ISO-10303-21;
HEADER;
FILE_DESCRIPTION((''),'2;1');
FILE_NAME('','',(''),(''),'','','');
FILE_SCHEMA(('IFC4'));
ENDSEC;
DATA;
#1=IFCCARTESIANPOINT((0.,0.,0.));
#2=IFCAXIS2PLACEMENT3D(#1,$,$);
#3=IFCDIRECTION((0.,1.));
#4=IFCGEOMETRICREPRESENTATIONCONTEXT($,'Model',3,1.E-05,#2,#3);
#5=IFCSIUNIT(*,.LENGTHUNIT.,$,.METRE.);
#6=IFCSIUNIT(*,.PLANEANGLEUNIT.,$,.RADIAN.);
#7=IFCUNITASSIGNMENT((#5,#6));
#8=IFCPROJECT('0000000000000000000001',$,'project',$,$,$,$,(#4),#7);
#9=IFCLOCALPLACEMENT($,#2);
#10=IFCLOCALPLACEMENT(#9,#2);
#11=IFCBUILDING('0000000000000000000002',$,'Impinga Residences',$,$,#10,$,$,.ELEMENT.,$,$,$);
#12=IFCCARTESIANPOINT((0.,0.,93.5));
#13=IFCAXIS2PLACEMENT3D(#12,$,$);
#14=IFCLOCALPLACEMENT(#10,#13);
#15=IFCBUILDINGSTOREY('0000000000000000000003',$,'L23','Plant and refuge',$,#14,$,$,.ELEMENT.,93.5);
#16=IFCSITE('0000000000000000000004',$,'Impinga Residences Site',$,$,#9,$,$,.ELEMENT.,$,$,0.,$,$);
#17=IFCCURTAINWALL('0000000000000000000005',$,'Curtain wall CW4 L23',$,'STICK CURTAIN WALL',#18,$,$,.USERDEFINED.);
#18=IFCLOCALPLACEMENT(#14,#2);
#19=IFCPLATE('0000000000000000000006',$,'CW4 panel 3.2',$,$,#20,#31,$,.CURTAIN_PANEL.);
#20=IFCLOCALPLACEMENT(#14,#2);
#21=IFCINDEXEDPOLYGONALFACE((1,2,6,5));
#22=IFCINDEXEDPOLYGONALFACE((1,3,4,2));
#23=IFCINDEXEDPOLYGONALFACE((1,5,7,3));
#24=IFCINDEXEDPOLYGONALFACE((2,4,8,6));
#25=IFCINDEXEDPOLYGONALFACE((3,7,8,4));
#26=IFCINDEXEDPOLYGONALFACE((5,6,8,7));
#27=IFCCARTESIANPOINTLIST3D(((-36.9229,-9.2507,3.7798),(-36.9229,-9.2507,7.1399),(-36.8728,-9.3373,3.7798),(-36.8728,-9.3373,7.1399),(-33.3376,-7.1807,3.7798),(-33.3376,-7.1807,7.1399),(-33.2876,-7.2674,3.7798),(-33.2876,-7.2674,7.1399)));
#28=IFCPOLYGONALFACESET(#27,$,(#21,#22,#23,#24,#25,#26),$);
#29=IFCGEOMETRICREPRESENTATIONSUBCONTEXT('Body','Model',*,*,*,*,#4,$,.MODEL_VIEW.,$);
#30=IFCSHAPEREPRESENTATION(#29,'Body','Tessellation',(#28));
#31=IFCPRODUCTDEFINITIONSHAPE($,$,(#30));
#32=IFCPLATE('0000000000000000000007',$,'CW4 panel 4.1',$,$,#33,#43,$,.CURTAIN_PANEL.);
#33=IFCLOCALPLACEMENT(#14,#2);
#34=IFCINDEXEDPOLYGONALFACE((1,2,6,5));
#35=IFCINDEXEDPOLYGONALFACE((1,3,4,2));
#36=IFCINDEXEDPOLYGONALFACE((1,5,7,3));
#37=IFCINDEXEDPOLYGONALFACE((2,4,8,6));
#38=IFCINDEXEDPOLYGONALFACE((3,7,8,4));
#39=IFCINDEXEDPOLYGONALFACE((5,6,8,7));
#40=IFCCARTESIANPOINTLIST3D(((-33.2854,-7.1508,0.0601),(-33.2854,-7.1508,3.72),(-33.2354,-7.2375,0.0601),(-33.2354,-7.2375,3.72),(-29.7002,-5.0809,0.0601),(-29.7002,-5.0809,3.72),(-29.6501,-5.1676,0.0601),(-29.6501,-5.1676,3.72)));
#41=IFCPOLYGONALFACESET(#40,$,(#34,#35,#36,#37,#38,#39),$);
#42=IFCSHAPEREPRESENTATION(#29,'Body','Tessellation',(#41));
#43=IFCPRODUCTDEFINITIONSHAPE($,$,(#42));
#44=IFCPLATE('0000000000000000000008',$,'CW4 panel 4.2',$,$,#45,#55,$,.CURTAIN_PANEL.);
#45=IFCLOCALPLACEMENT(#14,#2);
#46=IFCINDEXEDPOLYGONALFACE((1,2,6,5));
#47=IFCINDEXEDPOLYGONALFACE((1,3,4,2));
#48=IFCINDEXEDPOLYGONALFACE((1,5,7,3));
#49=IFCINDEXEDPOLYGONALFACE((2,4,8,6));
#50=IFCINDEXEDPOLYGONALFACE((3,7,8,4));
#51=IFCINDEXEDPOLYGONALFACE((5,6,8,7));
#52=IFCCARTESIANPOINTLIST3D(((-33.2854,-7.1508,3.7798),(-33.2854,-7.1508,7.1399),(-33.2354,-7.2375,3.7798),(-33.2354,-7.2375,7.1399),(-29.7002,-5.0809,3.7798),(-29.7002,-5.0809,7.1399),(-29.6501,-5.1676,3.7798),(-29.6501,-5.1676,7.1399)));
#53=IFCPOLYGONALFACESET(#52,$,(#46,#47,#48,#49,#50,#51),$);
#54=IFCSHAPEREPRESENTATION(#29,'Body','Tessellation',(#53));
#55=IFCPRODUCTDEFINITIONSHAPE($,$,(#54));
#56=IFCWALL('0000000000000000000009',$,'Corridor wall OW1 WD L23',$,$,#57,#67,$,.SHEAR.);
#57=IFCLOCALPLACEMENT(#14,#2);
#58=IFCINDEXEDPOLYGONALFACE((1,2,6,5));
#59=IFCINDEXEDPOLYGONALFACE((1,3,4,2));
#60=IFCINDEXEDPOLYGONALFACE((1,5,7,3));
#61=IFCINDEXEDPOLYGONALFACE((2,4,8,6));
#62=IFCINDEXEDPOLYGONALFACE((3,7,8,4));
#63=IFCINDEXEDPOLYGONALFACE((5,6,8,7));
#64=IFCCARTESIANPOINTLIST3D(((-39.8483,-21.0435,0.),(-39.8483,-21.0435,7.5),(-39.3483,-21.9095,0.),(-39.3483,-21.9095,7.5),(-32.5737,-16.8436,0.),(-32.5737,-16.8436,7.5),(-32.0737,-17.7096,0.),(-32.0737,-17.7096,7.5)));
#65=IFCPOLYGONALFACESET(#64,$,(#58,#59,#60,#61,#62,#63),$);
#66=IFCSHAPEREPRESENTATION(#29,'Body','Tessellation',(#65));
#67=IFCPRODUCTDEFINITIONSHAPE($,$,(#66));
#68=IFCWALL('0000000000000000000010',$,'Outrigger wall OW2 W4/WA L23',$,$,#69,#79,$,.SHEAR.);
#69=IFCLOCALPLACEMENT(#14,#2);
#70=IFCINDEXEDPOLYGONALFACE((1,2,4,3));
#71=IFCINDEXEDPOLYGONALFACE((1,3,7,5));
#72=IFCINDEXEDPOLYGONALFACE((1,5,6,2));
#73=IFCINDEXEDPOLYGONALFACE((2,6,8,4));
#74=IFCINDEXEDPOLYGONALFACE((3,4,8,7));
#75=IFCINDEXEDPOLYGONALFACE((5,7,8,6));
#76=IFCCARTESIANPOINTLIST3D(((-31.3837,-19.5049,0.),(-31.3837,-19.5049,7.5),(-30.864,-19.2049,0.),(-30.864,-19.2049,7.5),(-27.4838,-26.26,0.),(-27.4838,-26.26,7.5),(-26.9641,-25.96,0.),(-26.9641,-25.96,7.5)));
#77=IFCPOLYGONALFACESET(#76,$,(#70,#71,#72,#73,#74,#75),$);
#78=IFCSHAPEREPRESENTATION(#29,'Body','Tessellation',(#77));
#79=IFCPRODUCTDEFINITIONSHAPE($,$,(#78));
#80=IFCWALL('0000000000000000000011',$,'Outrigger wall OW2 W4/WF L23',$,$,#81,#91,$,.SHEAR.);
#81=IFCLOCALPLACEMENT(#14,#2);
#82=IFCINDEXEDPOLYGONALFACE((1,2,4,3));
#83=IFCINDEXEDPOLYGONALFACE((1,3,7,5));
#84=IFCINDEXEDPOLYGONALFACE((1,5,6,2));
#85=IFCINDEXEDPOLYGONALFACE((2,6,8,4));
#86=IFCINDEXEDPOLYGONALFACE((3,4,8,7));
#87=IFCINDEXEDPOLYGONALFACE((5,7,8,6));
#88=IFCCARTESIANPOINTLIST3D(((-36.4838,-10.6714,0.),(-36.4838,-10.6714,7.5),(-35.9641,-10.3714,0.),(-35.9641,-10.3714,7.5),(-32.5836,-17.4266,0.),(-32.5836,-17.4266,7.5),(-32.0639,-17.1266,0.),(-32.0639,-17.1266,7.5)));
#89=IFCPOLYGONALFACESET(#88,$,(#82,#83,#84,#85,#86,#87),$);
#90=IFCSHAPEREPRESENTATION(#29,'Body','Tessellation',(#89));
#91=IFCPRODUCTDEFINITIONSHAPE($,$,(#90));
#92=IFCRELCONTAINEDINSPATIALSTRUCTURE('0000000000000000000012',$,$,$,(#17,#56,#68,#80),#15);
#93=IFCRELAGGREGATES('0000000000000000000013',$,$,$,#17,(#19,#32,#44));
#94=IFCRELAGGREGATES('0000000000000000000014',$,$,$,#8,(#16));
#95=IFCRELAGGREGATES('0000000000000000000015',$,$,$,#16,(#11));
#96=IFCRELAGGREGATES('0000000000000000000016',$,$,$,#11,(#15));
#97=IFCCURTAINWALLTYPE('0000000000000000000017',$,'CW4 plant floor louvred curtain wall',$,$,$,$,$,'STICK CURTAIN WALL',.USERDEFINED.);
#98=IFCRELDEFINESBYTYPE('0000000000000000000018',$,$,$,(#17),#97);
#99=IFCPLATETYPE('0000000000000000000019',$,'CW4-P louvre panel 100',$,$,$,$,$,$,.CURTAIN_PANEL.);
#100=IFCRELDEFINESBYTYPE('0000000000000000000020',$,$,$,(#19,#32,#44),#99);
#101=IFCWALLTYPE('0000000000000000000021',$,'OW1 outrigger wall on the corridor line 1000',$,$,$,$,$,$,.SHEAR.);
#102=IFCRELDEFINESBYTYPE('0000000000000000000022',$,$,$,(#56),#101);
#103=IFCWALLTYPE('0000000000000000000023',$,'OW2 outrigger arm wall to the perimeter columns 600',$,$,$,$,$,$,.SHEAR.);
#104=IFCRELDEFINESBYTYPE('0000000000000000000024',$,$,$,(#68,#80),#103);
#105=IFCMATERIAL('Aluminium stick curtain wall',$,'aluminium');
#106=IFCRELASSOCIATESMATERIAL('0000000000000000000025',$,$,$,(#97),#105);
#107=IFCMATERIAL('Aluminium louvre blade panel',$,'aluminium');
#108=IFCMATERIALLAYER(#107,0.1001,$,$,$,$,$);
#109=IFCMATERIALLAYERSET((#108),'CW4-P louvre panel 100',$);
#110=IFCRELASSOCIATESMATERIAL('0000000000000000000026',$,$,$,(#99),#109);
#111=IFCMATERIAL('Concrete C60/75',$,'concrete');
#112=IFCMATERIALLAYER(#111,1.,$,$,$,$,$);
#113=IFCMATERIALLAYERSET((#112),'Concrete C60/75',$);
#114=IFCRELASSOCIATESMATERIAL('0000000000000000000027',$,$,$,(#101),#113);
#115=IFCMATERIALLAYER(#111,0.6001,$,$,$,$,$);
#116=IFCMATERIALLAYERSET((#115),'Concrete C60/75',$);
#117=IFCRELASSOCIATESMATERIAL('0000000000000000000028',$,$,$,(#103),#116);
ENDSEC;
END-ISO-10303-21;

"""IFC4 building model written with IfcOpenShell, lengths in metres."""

from ifc_helpers import new_model, si_unit, direction, frame, frame_2d, origin, origin_2d, place, context, subcontext, project, spatial, rectangle, extrude, material, layer, layer_set, type_object, element, aggregate, save


model = new_model("IFC4")

# Units and contexts
model_context = context("Model", 3, precision=1e-05, world=origin(), true_north=direction((0.0, 1.0)))
body_context = subcontext(model_context, "Body", "Model", "MODEL_VIEW")
ifc_project = project(units=[si_unit("LENGTHUNIT", "METRE"), si_unit("PLANEANGLEUNIT", "RADIAN")], contexts=[model_context])

# Site, building, storey
site_placement = place(None, origin())
site = spatial("IfcSite", under=ifc_project, at=site_placement, Name="Impinga Residences Site", CompositionType="ELEMENT", RefElevation=0.0)
building_placement = place(site_placement, origin())
building = spatial("IfcBuilding", under=site, at=building_placement, Name="Impinga Residences", CompositionType="ELEMENT")
storey_placement = place(building_placement, frame((0.0, 0.0, 93.5)))
storey = spatial("IfcBuildingStorey", under=building, at=storey_placement, Name="L23", Description="Plant and refuge", CompositionType="ELEMENT", Elevation=93.5)

# Curtain wall, plates
ifc_material_1 = material(Name="Aluminium stick curtain wall", Category="aluminium")
curtain_wall_type = type_object("IfcCurtainWallType", Name="CW4 plant floor louvred curtain wall", ElementType="STICK CURTAIN WALL", PredefinedType="USERDEFINED", material=ifc_material_1)
curtain_wall_placement = place(storey_placement, origin())
curtain_wall = element("IfcCurtainWall", 1, at=curtain_wall_placement, inside=storey, type_object=curtain_wall_type, Name="Curtain wall CW4 L23", ObjectType="STICK CURTAIN WALL", PredefinedType="USERDEFINED")
ifc_material_2 = material(Name="Aluminium louvre blade panel", Category="aluminium")
ifc_layer_1 = layer(ifc_material_2, 0.1001)
ifc_layer_set_1 = layer_set([ifc_layer_1], Name="CW4-P louvre panel 100")
plate_type = type_object("IfcPlateType", Name="CW4-P louvre panel 100", PredefinedType="CURTAIN_PANEL", material=ifc_layer_set_1)
plate_1_placement = place(storey_placement, frame((-35.1052, -8.259, 3.7798), z_axis=(0.0, 0.0, 1.0), x_axis=(0.866025, 0.5, 0.0)))
plate_1 = element("IfcPlate", 2, at=plate_1_placement, type_object=plate_type, Name="CW4 panel 3.2", PredefinedType="CURTAIN_PANEL", context=body_context, shape_type="SweptSolid", body=[
    extrude(rectangle(XDim=4.1399, YDim=0.1001, at=origin_2d()), origin(), (0.0, 0.0, 1.0), 3.3601),
])
plate_2_placement = place(storey_placement, frame((-31.4678, -6.1592, 0.0601), z_axis=(0.0, 0.0, 1.0), x_axis=(0.866025, 0.5, 0.0)))
plate_2 = element("IfcPlate", 3, at=plate_2_placement, type_object=plate_type, Name="CW4 panel 4.1", PredefinedType="CURTAIN_PANEL", context=body_context, shape_type="SweptSolid", body=[
    extrude(rectangle(XDim=4.1399, YDim=0.1001, at=origin_2d()), origin(), (0.0, 0.0, 1.0), 3.6599),
])
plate_3_placement = place(storey_placement, frame((-31.4678, -6.1592, 3.7798), z_axis=(0.0, 0.0, 1.0), x_axis=(0.866025, 0.5, 0.0)))
plate_3 = element("IfcPlate", 4, at=plate_3_placement, type_object=plate_type, Name="CW4 panel 4.2", PredefinedType="CURTAIN_PANEL", context=body_context, shape_type="SweptSolid", body=[
    extrude(rectangle(XDim=4.1399, YDim=0.1001, at=origin_2d()), origin(), (0.0, 0.0, 1.0), 3.3601),
])
aggregate(curtain_wall, [plate_1, plate_2, plate_3])

# Walls
ifc_material_3 = material(Name="Concrete C60/75", Category="concrete")
ifc_layer_2 = layer(ifc_material_3, 1.0)
ifc_layer_set_2 = layer_set([ifc_layer_2], Name="Concrete C60/75")
wall_type_1 = type_object("IfcWallType", Name="OW1 outrigger wall on the corridor line 1000", PredefinedType="SHEAR", material=ifc_layer_set_2)
wall_1_placement = place(storey_placement, frame((-32.3237, -17.2766, 0.0), z_axis=(0.0, 0.0, 1.0), x_axis=(-0.866029, -0.499993, 0.0)))
element("IfcWall", 5, at=wall_1_placement, inside=storey, type_object=wall_type_1, Name="Corridor wall OW1 WD L23", PredefinedType="SHEAR", context=body_context, shape_type="SweptSolid", body=[
    extrude(rectangle(XDim=8.3999, YDim=1.0, at=frame_2d((4.2, 0.0))), origin(), (0.0, 0.0, 1.0), 7.5),
])
ifc_layer_3 = layer(ifc_material_3, 0.6001)
ifc_layer_set_3 = layer_set([ifc_layer_3], Name="Concrete C60/75")
wall_type_2 = type_object("IfcWallType", Name="OW2 outrigger arm wall to the perimeter columns 600", PredefinedType="SHEAR", material=ifc_layer_set_3)
wall_2_placement = place(storey_placement, frame((-31.1238, -19.355, 0.0), z_axis=(0.0, 0.0, 1.0), x_axis=(0.499983, -0.866035, 0.0)))
element("IfcWall", 6, at=wall_2_placement, inside=storey, type_object=wall_type_2, Name="Outrigger wall OW2 W4/WA L23", PredefinedType="SHEAR", context=body_context, shape_type="SweptSolid", body=[
    extrude(rectangle(XDim=7.8, YDim=0.6001, at=frame_2d((3.8999, 0.0))), origin(), (0.0, 0.0, 1.0), 7.5),
])
wall_3_placement = place(storey_placement, frame((-32.3237, -17.2766, 0.0), z_axis=(0.0, 0.0, 1.0), x_axis=(-0.500007, 0.866021, 0.0)))
element("IfcWall", 7, at=wall_3_placement, inside=storey, type_object=wall_type_2, Name="Outrigger wall OW2 W4/WF L23", PredefinedType="SHEAR", context=body_context, shape_type="SweptSolid", body=[
    extrude(rectangle(XDim=7.8003, YDim=0.6001, at=frame_2d((3.9001, 0.0))), origin(), (0.0, 0.0, 1.0), 7.5),
])

save(model, "model.ifc")
